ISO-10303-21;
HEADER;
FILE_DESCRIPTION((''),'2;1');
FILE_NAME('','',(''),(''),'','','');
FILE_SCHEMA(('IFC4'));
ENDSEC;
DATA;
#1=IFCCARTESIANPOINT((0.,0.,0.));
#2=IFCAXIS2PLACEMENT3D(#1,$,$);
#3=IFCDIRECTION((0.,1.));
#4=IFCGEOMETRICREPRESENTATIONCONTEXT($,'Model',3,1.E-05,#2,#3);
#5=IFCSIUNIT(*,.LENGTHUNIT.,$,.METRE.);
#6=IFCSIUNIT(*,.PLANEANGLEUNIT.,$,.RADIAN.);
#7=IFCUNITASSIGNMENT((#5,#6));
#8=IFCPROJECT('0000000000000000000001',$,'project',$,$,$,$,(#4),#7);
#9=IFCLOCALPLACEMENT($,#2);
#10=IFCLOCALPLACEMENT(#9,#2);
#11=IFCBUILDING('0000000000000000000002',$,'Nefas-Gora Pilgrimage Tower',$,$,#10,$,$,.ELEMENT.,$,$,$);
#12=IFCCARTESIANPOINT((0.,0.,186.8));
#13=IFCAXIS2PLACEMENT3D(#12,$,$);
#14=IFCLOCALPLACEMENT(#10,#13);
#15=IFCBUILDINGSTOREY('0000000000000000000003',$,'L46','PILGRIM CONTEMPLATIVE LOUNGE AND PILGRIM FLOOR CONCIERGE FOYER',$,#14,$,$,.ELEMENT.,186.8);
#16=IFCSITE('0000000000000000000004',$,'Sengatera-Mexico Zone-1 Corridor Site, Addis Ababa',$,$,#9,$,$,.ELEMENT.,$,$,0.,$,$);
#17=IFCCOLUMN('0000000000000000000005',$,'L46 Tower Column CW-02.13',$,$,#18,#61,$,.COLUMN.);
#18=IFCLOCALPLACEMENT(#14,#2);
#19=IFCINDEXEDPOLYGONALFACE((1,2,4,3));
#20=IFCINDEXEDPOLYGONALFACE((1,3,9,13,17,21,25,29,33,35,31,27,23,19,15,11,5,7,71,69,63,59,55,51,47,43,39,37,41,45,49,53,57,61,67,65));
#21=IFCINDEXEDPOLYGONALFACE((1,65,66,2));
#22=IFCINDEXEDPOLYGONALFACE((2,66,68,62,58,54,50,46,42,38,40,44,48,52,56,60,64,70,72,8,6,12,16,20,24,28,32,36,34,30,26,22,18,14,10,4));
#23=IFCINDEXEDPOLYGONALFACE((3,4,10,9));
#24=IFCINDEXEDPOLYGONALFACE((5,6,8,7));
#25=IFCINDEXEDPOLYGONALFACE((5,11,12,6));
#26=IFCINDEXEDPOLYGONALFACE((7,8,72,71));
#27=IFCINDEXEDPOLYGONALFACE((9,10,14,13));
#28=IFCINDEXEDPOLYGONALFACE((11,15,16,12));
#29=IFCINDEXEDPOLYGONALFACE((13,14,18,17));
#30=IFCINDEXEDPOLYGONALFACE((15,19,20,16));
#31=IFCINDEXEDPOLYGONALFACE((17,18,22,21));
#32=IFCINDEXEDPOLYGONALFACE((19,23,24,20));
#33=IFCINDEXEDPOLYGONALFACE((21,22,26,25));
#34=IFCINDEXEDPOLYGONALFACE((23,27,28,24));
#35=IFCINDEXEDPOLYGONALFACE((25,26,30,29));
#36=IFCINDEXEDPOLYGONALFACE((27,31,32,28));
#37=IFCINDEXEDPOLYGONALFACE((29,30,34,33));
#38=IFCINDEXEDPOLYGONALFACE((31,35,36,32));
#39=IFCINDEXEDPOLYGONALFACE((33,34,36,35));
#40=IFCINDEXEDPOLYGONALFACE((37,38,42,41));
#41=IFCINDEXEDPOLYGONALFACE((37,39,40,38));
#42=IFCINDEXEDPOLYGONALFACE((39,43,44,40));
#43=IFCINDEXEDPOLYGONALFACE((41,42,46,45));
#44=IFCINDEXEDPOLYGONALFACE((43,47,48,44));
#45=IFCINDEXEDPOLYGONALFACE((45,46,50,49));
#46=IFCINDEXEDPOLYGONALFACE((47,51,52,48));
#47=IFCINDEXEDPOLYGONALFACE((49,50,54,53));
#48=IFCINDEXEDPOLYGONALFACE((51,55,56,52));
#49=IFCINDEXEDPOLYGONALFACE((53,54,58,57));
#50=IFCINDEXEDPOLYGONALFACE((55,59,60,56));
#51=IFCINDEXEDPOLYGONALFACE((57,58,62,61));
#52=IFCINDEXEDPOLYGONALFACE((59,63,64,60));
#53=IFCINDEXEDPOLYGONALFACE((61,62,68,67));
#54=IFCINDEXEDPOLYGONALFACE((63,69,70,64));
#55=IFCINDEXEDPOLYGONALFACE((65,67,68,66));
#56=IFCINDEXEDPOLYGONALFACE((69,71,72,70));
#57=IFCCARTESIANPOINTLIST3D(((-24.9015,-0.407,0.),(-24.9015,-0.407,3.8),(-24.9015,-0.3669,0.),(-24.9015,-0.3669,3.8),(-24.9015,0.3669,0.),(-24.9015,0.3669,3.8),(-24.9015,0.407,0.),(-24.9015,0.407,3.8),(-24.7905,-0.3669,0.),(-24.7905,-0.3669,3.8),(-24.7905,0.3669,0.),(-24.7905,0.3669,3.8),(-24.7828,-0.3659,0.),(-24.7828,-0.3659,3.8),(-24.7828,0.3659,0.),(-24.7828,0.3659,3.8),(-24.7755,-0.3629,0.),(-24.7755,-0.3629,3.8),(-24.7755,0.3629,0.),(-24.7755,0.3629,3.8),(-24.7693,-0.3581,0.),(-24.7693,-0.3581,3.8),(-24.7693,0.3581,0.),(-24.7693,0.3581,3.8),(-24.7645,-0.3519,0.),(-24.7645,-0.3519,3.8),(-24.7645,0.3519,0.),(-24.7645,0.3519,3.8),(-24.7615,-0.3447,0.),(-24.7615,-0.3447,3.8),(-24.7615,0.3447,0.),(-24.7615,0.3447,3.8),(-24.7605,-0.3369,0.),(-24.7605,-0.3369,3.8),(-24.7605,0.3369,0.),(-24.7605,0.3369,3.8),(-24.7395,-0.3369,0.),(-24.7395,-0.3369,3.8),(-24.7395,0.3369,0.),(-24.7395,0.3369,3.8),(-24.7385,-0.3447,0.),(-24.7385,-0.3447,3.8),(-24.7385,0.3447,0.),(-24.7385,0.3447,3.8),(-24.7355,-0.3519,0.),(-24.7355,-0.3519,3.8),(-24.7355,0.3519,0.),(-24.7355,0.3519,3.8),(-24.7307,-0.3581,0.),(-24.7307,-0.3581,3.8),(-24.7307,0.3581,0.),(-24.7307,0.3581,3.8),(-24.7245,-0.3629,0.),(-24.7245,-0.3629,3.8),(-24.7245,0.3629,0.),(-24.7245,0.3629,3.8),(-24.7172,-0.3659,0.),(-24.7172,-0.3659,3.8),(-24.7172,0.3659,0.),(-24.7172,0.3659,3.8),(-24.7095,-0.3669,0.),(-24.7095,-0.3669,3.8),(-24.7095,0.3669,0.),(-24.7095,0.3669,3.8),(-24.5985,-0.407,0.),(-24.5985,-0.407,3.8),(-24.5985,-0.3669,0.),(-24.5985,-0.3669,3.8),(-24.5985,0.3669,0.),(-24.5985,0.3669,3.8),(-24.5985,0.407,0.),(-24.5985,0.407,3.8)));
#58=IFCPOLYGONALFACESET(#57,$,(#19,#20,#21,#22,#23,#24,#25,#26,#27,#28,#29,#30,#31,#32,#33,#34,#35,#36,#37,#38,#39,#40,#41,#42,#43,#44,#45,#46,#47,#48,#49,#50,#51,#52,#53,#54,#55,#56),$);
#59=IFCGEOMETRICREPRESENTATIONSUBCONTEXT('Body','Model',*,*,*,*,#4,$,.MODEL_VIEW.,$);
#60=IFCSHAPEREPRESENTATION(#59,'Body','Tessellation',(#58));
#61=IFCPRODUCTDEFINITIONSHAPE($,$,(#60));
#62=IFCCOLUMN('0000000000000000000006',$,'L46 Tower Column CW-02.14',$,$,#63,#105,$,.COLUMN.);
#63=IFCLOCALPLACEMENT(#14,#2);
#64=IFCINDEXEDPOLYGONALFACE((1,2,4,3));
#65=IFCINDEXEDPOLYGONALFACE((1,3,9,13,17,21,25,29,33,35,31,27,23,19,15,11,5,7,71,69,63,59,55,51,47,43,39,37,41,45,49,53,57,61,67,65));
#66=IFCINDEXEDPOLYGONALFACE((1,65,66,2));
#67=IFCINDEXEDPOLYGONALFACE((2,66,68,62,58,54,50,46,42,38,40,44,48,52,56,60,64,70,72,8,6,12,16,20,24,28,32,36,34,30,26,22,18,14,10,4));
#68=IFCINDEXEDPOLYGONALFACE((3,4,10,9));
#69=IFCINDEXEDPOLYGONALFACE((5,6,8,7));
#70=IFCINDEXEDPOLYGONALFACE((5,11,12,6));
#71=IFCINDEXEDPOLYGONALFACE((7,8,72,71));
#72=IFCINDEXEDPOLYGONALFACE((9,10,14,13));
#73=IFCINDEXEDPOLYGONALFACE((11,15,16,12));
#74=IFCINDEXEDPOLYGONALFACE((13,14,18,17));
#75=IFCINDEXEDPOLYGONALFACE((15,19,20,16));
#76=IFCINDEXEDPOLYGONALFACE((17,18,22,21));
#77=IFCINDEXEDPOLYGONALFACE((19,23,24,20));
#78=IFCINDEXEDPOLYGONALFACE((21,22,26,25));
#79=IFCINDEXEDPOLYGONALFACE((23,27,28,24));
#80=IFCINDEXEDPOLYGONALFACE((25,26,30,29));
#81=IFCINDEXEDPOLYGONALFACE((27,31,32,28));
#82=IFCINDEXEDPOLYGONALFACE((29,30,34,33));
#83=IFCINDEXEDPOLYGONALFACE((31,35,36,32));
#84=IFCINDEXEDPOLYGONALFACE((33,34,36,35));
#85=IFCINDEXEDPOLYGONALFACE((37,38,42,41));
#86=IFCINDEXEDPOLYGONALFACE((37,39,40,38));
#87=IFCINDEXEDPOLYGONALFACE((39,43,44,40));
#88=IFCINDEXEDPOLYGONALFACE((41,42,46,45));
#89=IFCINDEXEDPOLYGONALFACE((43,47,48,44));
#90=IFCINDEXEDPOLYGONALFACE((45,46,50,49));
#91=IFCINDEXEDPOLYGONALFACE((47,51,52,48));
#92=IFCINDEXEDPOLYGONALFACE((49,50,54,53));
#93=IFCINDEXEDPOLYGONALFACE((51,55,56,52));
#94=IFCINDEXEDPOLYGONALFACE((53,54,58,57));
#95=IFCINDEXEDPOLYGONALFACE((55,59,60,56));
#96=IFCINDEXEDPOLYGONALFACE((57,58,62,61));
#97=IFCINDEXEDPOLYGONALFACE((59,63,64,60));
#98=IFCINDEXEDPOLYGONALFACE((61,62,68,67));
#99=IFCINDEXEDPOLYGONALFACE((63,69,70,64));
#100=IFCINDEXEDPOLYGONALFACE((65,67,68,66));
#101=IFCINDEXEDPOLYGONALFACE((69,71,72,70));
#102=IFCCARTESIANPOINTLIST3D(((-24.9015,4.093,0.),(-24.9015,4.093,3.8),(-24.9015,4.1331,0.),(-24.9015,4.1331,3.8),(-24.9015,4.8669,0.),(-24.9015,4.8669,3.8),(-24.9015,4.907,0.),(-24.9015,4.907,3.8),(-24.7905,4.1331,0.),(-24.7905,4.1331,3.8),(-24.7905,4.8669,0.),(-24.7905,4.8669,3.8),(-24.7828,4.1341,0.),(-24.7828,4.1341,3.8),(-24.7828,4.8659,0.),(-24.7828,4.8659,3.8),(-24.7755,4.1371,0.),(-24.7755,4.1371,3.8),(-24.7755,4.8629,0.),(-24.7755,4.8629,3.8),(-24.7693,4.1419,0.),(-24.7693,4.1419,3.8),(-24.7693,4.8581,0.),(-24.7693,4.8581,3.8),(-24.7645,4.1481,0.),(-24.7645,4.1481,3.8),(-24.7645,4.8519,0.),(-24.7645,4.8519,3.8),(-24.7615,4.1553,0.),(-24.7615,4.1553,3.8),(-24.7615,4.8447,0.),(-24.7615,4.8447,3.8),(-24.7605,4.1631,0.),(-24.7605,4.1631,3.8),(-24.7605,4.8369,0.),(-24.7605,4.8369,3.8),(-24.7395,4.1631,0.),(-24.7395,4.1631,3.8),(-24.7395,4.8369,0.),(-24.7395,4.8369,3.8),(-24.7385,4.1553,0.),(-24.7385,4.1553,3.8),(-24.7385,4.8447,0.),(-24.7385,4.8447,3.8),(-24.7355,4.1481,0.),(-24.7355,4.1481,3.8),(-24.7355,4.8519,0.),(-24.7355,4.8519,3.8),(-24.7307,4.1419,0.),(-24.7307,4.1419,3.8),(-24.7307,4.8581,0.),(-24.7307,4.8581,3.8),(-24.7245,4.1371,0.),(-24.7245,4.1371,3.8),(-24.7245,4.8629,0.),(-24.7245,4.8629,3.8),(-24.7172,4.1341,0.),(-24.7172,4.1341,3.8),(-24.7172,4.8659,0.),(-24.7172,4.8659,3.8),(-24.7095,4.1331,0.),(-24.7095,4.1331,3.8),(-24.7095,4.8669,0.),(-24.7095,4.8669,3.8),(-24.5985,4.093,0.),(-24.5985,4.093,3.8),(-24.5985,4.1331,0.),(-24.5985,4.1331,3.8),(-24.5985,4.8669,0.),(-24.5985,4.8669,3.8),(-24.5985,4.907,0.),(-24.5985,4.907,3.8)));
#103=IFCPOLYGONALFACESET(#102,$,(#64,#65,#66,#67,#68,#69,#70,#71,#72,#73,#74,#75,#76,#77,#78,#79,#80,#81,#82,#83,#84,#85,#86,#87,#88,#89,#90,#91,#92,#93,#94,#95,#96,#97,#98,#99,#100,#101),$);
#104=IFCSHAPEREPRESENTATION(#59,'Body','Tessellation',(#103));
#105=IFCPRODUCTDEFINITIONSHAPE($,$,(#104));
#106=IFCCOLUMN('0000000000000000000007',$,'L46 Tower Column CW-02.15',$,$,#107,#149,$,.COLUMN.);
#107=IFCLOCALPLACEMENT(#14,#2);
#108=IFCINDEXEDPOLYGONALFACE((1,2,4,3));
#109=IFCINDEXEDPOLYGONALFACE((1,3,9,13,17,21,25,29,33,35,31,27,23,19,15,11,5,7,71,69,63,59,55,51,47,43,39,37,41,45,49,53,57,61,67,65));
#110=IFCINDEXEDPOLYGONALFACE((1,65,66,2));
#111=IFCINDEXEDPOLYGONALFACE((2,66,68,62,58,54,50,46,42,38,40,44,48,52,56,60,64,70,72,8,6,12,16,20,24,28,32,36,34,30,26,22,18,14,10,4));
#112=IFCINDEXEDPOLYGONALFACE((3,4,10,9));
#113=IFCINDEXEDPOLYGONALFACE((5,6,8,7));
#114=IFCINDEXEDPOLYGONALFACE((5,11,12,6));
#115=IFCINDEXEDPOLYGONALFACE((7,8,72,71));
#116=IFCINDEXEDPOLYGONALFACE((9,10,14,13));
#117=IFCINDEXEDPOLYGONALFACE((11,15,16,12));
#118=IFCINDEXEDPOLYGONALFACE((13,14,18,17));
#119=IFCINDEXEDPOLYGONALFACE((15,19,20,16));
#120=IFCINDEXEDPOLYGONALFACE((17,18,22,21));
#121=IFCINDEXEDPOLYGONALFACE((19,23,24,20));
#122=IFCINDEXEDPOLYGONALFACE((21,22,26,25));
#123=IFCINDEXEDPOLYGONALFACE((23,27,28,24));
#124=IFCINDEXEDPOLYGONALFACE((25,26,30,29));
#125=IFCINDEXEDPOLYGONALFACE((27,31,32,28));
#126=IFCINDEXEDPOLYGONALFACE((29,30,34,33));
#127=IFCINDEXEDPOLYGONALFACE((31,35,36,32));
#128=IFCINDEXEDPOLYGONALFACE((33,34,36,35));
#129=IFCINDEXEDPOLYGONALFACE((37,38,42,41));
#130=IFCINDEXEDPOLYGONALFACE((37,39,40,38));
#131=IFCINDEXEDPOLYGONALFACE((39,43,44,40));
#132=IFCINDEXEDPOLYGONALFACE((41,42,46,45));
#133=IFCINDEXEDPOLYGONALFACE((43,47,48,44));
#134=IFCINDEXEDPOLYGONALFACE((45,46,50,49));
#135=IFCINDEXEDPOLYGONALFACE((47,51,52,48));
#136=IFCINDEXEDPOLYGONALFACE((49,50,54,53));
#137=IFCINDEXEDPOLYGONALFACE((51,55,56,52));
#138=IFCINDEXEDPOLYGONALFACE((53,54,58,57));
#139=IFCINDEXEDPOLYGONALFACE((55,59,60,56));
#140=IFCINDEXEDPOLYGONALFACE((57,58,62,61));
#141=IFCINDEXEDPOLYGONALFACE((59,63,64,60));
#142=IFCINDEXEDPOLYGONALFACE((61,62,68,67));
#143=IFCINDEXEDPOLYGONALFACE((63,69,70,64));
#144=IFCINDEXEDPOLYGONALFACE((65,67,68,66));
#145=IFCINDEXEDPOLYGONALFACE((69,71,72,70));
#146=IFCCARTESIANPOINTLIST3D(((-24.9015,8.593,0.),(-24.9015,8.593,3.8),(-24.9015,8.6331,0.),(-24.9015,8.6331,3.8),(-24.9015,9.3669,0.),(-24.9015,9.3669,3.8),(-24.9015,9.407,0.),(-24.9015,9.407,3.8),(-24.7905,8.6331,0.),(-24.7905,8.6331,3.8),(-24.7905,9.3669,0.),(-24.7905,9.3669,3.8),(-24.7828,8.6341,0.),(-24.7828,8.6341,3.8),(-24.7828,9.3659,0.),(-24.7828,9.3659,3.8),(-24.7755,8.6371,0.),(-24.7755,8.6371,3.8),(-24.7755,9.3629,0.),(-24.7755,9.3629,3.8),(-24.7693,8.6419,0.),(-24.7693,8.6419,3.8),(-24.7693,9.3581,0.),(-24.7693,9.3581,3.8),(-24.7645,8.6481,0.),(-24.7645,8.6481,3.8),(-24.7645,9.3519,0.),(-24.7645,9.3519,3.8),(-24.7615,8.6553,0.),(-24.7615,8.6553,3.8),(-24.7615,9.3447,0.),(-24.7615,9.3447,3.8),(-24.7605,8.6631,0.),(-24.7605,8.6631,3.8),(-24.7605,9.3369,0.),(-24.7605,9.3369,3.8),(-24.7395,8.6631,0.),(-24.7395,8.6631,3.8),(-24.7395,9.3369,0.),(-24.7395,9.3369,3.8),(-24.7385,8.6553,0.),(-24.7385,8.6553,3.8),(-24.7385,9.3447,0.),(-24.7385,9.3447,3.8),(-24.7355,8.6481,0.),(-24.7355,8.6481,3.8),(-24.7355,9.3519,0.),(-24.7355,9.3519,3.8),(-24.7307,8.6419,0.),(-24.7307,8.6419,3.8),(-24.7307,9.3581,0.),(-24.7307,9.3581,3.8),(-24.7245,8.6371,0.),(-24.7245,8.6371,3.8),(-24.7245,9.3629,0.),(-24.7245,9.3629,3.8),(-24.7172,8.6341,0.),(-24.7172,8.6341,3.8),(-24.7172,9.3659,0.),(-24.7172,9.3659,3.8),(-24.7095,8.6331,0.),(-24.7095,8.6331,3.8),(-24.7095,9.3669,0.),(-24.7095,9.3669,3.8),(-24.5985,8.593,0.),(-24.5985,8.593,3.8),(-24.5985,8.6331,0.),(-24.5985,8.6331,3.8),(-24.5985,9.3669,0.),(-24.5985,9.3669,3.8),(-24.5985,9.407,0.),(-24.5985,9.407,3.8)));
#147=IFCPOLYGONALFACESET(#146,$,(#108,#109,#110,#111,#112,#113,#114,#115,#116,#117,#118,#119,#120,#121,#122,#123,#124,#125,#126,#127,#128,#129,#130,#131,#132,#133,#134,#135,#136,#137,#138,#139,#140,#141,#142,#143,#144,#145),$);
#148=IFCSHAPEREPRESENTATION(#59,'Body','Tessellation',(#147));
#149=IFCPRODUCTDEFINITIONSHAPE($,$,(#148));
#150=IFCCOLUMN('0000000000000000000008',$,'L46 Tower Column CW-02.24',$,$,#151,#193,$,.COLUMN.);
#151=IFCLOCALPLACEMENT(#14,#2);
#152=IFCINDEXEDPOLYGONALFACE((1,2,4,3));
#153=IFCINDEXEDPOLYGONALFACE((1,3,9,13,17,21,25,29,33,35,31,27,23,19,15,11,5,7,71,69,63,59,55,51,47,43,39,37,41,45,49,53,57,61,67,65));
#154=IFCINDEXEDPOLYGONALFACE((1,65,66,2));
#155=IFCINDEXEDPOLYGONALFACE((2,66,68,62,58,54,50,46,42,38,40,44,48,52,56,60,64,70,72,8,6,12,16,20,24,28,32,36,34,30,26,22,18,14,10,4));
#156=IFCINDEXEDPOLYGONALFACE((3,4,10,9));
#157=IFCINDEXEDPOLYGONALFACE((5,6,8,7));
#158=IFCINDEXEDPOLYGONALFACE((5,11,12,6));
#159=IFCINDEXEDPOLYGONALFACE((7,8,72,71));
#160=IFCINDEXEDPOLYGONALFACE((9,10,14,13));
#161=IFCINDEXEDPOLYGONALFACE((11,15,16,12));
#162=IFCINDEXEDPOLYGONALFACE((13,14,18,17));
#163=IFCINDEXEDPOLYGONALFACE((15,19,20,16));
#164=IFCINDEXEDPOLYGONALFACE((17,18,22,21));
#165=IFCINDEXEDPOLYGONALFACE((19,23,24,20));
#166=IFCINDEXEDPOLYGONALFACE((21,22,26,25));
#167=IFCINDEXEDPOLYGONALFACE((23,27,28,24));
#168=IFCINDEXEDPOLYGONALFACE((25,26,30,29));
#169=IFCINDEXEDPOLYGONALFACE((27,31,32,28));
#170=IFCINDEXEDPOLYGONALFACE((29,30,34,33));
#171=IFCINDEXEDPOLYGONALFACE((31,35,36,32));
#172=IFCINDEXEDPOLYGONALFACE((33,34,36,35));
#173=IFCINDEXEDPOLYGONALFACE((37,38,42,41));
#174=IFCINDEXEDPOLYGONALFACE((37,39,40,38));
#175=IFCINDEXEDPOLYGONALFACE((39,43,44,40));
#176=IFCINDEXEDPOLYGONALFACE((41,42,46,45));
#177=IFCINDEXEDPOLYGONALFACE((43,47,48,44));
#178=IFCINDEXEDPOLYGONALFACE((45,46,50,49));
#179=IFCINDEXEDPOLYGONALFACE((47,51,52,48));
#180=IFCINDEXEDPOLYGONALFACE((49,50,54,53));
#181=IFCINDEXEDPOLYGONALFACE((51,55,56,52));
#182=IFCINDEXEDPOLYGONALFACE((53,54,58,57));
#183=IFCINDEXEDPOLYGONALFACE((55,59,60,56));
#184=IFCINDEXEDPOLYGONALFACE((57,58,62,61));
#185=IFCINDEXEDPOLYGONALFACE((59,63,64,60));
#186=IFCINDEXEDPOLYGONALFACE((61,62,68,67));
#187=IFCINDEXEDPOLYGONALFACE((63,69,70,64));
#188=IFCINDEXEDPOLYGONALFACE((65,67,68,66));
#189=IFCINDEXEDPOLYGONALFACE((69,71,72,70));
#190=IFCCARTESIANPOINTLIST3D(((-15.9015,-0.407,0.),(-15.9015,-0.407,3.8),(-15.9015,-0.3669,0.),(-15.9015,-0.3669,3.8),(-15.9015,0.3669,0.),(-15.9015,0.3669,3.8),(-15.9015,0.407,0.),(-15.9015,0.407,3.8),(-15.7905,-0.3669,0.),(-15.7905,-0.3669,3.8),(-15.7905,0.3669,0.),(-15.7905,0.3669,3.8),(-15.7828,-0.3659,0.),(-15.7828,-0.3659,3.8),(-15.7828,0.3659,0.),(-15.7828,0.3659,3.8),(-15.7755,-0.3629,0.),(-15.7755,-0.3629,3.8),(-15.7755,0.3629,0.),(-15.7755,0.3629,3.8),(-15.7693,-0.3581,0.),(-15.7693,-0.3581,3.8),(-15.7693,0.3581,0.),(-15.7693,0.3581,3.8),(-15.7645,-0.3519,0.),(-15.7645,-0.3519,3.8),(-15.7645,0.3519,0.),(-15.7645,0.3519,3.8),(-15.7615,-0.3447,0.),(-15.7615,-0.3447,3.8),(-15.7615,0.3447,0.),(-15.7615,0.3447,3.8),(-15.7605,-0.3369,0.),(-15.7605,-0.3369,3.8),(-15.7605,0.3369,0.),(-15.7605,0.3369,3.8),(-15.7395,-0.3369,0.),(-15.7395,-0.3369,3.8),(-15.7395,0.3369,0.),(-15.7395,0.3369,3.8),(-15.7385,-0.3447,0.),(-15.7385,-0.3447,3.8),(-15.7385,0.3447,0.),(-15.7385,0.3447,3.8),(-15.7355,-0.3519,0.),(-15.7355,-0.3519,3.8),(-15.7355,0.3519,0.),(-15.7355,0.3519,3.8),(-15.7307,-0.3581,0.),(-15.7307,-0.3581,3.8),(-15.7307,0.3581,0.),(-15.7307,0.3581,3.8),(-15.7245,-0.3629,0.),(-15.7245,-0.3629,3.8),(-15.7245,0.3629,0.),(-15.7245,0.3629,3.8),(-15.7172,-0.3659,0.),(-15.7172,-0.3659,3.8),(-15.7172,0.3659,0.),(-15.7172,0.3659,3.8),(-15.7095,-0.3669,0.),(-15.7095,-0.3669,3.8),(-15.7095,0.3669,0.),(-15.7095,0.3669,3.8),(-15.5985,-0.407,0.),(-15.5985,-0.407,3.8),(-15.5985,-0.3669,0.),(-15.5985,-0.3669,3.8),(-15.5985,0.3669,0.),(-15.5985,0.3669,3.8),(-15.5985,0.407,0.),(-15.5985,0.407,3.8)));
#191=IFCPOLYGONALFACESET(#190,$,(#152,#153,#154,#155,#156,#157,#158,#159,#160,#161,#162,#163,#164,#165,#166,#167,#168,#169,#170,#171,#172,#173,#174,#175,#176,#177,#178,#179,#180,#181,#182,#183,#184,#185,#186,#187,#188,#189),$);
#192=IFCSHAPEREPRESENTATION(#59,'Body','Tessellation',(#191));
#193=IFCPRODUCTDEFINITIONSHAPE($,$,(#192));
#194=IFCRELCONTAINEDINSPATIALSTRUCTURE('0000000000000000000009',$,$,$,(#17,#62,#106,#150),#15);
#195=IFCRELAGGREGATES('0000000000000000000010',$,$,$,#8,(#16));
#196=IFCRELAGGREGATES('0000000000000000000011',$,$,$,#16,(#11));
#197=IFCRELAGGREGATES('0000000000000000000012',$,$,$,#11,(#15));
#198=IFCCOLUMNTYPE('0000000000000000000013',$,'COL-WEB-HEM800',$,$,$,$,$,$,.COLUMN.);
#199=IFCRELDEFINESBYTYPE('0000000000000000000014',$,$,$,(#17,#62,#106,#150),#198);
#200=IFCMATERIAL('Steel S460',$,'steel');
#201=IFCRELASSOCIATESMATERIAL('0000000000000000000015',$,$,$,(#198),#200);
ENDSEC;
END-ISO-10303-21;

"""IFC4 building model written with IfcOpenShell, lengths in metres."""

from ifc_helpers import new_model, si_unit, direction, frame, origin, origin_2d, place, context, subcontext, project, spatial, i_section, extrude, source, transform, mapped, material, material_profile, profile_set, type_object, element, save


model = new_model("IFC4")

# Units and contexts
model_context = context("Model", 3, precision=1e-05, world=origin(), true_north=direction((0.0, 1.0)))
body_context = subcontext(model_context, "Body", "Model", "MODEL_VIEW")
ifc_project = project(units=[si_unit("LENGTHUNIT", "METRE"), si_unit("PLANEANGLEUNIT", "RADIAN")], contexts=[model_context])

# Site, building, storey
site_placement = place(None, origin())
site = spatial("IfcSite", under=ifc_project, at=site_placement, Name="Sengatera-Mexico Zone-1 Corridor Site, Addis Ababa", CompositionType="ELEMENT", RefElevation=0.0)
building_placement = place(site_placement, origin())
building = spatial("IfcBuilding", under=site, at=building_placement, Name="Nefas-Gora Pilgrimage Tower", CompositionType="ELEMENT")
storey_placement = place(building_placement, frame((0.0, 0.0, 186.8)))
storey = spatial("IfcBuildingStorey", under=building, at=storey_placement, Name="L46", Description="PILGRIM CONTEMPLATIVE LOUNGE AND PILGRIM FLOOR CONCIERGE FOYER", CompositionType="ELEMENT", Elevation=186.8)

# Columns
ifc_material_1 = material(Name="Steel S460", Category="steel")
ifc_material_profile_1 = material_profile(ifc_material_1, i_section(OverallWidth=0.303, OverallDepth=0.814, WebThickness=0.021, FlangeThickness=0.04, FilletRadius=0.03, at=origin_2d()), Name="HEM 800")
ifc_profile_set_1 = profile_set([ifc_material_profile_1], Name="Steel S460")
column_type_1 = type_object("IfcColumnType", Name="COL-WEB-HEM800", PredefinedType="COLUMN", material=ifc_profile_set_1)
shared_shape_1 = source(origin(), body_context, "Body", "SweptSolid", [
    extrude(i_section(OverallWidth=0.303, OverallDepth=0.814, WebThickness=0.021, FlangeThickness=0.04, FilletRadius=0.03, at=origin_2d()), origin(), (0.0, 0.0, 1.0), 3.8),
])
for number, where, z_axis, x_axis, name in (
    (1, (-24.75, 0.0, 0.0), (0.0, 0.0, 1.0), (1.0, 0.0, 0.0), "L46 Tower Column CW-02.13"),
    (2, (-24.75, 4.5, 0.0), (0.0, 0.0, 1.0), (1.0, 0.0, 0.0), "L46 Tower Column CW-02.14"),
    (3, (-24.75, 9.0, 0.0), (0.0, 0.0, 1.0), (1.0, 0.0, 0.0), "L46 Tower Column CW-02.15"),
    (4, (-15.75, 0.0, 0.0), (0.0, 0.0, 1.0), (1.0, 0.0, 0.0), "L46 Tower Column CW-02.24"),
):
    element("IfcColumn", number, at=place(storey_placement, frame(where, z_axis=z_axis, x_axis=x_axis)), inside=storey, type_object=column_type_1, Name=name, PredefinedType="COLUMN", context=body_context, shape_type="MappedRepresentation", body=[
        mapped(shared_shape_1, transform((0.0, 0.0, 0.0), x_axis=(1.0, 0.0, 0.0), y_axis=(0.0, 1.0, 0.0), z_axis=(0.0, 0.0, 1.0), scale=1.0)),
    ])

save(model, "model.ifc")
